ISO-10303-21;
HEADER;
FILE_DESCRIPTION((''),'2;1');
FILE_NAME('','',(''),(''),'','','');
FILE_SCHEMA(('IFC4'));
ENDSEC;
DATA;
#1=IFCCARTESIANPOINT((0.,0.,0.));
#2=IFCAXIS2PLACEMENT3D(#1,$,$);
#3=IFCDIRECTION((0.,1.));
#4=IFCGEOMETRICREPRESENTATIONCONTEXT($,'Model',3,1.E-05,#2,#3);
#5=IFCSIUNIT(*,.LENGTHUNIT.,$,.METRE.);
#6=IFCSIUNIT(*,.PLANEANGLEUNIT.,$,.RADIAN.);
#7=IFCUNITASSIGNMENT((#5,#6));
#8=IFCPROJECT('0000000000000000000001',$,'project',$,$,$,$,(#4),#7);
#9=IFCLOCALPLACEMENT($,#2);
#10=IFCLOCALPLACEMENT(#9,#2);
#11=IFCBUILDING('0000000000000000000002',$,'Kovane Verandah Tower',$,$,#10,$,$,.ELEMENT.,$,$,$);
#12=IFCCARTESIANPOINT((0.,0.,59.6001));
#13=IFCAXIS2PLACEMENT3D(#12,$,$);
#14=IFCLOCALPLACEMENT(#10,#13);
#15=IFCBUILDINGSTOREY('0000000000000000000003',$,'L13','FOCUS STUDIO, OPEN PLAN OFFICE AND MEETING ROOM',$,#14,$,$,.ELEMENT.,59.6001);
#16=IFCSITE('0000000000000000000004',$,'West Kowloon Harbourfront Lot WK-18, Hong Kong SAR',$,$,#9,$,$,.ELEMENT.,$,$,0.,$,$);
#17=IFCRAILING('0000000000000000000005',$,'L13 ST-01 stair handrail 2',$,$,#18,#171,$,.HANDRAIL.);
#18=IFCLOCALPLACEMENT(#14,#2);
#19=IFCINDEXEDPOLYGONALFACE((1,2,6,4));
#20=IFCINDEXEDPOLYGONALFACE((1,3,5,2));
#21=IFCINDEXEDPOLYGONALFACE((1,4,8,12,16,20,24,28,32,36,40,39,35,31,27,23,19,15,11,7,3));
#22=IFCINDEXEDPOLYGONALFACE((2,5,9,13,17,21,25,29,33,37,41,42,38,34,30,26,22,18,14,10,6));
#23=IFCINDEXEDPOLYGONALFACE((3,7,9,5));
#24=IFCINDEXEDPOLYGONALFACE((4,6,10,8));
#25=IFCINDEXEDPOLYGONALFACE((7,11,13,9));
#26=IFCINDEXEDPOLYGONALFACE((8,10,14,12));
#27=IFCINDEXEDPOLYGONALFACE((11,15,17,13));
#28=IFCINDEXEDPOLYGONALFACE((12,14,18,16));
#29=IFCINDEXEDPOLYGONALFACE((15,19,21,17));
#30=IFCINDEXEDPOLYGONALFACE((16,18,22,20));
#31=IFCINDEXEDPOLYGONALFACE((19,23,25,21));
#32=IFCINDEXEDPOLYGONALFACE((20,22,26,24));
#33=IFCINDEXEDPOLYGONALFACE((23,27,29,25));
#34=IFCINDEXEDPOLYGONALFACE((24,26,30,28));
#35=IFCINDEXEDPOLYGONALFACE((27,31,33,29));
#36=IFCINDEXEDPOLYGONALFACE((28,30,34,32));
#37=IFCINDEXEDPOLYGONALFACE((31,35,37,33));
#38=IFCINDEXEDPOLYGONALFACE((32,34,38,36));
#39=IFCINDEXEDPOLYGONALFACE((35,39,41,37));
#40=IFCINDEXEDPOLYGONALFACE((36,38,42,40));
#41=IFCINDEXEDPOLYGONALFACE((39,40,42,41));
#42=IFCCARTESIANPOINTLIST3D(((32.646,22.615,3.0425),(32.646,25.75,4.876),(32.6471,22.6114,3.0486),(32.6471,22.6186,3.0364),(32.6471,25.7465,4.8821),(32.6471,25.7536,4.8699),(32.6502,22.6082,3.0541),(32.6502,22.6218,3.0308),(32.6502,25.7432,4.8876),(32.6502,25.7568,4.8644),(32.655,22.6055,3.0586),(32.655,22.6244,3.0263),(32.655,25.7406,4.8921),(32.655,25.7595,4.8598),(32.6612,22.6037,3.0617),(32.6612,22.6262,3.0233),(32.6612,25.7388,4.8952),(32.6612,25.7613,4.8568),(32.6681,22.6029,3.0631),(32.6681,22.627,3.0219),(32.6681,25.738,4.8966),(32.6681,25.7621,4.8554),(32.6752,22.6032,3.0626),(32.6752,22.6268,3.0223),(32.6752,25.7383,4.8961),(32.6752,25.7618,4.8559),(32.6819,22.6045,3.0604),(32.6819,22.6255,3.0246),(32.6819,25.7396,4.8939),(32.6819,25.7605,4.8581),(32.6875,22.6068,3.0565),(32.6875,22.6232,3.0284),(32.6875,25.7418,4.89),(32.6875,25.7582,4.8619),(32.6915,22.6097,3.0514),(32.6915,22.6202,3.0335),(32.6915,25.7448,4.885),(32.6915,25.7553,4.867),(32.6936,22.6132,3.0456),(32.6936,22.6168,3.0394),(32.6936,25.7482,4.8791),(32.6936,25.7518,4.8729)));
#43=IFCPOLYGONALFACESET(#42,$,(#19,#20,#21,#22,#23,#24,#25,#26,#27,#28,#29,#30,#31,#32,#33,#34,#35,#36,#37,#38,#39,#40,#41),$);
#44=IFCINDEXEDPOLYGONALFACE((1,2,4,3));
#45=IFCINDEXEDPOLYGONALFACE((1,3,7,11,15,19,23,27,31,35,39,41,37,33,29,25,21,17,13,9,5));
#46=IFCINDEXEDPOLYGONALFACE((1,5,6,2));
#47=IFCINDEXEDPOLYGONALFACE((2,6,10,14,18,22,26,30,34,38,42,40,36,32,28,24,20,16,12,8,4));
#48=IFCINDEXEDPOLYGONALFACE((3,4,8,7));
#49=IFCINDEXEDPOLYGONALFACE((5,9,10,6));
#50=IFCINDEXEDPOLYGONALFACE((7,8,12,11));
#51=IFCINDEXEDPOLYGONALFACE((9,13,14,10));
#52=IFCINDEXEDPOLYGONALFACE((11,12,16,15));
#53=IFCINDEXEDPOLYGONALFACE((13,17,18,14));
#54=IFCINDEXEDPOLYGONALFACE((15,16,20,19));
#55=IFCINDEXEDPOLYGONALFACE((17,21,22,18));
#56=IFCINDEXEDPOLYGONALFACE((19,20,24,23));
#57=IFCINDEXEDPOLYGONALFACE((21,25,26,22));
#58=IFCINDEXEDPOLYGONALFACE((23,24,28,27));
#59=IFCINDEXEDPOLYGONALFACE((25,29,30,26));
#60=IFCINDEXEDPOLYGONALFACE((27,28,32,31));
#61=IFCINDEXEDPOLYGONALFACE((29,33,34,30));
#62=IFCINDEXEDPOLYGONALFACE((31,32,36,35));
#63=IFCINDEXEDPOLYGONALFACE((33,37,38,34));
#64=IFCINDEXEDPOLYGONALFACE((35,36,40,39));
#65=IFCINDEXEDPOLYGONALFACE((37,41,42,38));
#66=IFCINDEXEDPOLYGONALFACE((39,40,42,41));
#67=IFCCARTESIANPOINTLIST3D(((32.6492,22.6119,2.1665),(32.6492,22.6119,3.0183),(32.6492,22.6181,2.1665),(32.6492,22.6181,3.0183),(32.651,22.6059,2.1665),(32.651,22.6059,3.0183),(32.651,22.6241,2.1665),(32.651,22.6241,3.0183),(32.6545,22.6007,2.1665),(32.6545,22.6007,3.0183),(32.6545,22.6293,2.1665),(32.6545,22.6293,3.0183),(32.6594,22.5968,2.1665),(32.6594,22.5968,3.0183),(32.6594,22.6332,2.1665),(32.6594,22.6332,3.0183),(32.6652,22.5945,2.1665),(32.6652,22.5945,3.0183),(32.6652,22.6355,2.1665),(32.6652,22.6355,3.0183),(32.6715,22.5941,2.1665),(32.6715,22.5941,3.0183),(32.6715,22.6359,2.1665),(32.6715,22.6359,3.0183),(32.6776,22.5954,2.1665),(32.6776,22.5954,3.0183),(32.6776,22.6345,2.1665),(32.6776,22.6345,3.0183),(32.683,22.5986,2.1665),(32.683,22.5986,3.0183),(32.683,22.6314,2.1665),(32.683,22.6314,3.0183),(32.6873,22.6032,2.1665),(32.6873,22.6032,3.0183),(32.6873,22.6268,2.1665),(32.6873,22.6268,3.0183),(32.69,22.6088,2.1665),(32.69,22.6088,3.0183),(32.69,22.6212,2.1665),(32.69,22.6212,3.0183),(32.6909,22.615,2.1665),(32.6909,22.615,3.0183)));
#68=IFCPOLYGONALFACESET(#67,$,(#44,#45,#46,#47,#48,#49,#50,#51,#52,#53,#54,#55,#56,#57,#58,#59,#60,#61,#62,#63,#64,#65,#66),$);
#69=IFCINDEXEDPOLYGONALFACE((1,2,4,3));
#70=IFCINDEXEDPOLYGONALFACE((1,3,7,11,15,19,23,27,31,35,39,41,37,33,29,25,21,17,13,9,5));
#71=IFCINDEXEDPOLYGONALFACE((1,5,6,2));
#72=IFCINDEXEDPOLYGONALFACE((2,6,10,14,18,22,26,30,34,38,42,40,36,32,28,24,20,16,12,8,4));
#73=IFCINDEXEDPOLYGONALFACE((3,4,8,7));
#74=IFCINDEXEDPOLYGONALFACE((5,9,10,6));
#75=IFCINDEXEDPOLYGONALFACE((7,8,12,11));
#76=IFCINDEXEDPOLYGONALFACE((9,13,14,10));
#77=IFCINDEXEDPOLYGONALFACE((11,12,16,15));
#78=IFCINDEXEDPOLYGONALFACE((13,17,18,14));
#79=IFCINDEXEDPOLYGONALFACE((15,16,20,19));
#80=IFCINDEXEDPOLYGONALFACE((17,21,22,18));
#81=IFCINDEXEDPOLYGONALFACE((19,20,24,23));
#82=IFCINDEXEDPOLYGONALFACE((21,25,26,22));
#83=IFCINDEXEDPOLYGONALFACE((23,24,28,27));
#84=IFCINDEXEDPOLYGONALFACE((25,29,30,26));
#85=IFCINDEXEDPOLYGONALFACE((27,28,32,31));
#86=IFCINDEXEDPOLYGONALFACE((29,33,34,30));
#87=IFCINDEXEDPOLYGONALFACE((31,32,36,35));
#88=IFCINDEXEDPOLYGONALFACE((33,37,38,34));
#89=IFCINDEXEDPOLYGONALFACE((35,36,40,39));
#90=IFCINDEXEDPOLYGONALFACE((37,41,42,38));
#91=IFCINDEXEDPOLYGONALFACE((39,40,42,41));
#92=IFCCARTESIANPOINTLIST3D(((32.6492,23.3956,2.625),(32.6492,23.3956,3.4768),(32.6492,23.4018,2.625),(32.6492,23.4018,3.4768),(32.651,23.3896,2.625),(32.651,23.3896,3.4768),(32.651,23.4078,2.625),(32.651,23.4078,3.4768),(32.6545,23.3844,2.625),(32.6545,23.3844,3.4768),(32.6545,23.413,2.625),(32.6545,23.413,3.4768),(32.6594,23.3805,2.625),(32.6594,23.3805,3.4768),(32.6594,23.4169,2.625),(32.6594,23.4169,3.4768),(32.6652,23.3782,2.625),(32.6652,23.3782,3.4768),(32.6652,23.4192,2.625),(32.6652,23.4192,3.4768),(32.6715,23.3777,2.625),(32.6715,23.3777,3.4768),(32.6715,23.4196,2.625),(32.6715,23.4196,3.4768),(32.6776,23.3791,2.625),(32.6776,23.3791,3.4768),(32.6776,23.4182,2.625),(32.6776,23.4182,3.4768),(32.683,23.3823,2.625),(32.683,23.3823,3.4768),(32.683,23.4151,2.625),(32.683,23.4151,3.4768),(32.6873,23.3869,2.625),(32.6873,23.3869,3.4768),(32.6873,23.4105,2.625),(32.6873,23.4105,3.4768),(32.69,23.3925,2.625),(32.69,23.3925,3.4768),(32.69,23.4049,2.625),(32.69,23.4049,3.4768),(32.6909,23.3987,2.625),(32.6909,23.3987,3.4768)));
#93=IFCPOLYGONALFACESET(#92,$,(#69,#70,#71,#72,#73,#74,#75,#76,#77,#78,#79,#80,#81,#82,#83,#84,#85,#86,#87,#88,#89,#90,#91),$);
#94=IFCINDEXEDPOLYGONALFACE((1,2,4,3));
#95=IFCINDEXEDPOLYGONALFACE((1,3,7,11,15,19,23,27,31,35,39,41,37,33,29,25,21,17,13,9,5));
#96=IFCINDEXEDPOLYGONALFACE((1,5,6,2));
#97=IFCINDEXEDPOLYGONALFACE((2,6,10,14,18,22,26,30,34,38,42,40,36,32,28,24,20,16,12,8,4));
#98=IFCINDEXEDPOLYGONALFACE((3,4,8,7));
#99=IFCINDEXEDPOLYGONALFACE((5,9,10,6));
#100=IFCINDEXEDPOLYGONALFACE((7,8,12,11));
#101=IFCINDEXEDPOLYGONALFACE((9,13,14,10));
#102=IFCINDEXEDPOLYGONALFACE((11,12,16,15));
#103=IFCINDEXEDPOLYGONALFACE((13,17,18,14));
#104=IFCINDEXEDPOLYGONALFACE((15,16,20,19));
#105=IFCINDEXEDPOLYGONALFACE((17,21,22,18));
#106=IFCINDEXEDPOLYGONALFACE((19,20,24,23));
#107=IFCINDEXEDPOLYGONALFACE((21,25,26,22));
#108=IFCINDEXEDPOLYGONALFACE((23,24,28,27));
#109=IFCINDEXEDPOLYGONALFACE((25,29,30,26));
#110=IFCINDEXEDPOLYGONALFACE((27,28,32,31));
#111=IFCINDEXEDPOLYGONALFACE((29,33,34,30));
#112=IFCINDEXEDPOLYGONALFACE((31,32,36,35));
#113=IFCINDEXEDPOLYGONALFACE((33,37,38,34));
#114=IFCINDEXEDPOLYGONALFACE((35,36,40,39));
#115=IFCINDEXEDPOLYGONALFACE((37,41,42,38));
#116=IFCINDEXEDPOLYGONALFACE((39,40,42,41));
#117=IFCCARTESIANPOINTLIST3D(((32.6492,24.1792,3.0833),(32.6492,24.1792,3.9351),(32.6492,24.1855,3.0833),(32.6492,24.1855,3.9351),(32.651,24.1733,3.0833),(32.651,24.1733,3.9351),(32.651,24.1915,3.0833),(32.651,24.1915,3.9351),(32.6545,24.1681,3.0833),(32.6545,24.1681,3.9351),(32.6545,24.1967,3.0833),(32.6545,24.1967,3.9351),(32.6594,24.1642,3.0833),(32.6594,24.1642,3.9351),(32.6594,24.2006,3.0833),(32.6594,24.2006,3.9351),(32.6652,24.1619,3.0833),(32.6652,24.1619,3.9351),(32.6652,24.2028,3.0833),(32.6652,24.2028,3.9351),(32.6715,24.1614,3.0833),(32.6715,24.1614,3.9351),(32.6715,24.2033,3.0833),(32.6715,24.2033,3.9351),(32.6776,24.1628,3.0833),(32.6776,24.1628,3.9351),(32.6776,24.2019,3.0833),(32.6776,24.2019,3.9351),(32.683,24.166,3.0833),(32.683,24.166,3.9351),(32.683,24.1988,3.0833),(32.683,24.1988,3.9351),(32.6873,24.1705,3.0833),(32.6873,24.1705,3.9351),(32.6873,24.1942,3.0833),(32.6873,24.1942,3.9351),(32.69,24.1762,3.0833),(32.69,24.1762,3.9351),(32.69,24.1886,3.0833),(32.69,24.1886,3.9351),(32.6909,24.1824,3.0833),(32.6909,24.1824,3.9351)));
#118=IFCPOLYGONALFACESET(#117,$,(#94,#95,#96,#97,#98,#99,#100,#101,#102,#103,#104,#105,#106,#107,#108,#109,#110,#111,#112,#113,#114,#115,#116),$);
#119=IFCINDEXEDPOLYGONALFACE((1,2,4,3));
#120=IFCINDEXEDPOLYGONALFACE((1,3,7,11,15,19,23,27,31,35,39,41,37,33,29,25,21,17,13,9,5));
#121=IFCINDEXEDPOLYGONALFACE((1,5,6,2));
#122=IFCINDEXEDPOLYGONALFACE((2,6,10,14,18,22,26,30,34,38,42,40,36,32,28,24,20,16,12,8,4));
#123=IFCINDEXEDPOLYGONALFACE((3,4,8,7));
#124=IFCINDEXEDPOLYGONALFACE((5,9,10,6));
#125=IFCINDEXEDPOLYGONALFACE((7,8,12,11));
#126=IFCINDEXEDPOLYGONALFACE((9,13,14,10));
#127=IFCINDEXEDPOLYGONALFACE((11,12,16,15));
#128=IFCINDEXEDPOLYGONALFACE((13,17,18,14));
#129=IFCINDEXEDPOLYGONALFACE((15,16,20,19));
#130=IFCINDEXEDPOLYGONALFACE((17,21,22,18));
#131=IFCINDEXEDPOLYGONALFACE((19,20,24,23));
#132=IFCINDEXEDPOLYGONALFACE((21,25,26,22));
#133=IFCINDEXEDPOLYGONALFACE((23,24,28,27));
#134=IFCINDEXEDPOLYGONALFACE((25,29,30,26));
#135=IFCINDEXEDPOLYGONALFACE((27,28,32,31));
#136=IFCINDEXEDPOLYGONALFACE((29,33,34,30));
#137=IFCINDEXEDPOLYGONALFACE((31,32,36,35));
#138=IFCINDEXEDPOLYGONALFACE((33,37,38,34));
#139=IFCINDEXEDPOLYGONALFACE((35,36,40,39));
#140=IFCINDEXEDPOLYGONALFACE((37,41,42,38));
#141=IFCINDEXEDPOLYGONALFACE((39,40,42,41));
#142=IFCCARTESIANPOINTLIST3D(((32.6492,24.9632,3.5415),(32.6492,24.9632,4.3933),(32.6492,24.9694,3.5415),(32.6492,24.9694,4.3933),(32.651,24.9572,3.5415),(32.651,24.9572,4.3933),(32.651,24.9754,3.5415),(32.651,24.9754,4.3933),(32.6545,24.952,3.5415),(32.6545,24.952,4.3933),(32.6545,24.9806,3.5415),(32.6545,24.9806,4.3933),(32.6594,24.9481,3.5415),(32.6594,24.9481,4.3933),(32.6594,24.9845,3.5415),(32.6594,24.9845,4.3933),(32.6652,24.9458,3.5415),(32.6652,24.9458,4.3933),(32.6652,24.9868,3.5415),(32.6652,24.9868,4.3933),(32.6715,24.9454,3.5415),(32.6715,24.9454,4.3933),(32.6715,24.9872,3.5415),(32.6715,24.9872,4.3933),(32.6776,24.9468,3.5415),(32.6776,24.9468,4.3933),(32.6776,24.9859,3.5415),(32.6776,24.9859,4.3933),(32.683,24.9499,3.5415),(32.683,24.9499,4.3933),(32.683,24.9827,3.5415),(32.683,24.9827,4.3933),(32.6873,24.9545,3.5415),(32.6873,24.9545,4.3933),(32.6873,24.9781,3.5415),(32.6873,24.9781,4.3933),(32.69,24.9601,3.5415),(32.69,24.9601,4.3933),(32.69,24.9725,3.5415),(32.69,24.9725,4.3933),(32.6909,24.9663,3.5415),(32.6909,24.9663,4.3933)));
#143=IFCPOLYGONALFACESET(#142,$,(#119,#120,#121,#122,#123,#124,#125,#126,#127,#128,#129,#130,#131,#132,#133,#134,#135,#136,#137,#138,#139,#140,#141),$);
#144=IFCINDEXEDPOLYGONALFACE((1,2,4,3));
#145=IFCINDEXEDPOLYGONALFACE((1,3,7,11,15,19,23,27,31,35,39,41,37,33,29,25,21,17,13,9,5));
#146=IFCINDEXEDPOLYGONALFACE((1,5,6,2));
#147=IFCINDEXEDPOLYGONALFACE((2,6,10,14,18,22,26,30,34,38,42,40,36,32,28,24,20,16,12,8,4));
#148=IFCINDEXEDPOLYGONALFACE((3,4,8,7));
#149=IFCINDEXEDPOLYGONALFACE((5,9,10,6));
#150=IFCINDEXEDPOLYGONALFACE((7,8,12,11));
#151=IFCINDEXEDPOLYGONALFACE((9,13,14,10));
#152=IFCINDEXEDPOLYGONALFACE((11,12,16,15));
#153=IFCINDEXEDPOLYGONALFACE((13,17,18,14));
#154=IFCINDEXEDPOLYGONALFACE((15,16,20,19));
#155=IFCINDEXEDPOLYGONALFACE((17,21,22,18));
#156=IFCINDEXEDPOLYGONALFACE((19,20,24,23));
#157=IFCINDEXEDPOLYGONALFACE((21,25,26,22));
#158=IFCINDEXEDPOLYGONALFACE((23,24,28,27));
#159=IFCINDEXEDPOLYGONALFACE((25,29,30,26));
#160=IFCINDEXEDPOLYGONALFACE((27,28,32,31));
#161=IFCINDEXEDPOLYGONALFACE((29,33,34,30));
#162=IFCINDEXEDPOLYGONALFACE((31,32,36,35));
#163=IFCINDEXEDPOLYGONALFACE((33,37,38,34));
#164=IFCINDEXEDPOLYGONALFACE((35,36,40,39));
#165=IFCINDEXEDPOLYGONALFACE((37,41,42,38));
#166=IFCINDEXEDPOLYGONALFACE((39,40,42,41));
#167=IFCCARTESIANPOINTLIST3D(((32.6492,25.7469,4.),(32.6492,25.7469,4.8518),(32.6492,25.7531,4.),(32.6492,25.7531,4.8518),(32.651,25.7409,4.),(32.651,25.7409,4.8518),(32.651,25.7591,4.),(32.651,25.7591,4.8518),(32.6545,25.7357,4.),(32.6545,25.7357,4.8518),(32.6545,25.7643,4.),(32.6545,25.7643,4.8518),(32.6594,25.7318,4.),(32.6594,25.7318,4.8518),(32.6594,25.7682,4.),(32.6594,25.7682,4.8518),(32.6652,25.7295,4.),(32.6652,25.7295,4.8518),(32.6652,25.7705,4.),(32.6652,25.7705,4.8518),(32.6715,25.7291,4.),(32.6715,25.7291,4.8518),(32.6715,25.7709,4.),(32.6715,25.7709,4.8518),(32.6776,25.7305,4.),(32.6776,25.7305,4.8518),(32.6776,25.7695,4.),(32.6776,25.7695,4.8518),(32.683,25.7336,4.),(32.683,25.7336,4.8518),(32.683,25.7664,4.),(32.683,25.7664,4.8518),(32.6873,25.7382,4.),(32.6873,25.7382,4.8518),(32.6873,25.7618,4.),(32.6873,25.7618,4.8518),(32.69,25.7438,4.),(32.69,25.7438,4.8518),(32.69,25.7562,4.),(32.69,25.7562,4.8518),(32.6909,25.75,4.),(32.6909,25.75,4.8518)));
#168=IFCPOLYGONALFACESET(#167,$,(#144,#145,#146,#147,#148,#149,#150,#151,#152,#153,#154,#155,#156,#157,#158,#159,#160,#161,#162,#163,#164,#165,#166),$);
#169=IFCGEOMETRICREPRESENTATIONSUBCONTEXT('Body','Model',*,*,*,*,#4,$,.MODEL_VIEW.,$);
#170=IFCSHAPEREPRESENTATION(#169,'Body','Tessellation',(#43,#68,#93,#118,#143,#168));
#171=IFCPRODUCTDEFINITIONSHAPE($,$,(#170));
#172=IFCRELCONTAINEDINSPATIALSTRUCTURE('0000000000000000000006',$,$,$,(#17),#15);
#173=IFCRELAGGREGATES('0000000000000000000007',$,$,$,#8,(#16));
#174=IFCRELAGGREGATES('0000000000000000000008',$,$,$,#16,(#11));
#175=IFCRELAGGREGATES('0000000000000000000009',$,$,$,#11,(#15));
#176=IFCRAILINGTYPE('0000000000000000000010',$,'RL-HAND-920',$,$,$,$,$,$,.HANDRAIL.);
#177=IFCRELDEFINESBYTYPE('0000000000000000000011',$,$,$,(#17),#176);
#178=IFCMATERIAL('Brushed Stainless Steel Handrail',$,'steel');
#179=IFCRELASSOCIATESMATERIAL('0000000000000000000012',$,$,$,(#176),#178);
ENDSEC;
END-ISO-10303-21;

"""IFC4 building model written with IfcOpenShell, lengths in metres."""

from ifc_helpers import new_model, si_unit, direction, frame, origin, origin_2d, place, context, subcontext, project, spatial, circle, extrude, material, type_object, element, save


model = new_model("IFC4")

# Units and contexts
model_context = context("Model", 3, precision=1e-05, world=origin(), true_north=direction((0.0, 1.0)))
body_context = subcontext(model_context, "Body", "Model", "MODEL_VIEW")
ifc_project = project(units=[si_unit("LENGTHUNIT", "METRE"), si_unit("PLANEANGLEUNIT", "RADIAN")], contexts=[model_context])

# Site, building, storey
site_placement = place(None, origin())
site = spatial("IfcSite", under=ifc_project, at=site_placement, Name="West Kowloon Harbourfront Lot WK-18, Hong Kong SAR", CompositionType="ELEMENT", RefElevation=0.0)
building_placement = place(site_placement, origin())
building = spatial("IfcBuilding", under=site, at=building_placement, Name="Kovane Verandah Tower", CompositionType="ELEMENT")
storey_placement = place(building_placement, frame((0.0, 0.0, 59.6001)))
storey = spatial("IfcBuildingStorey", under=building, at=storey_placement, Name="L13", Description="FOCUS STUDIO, OPEN PLAN OFFICE AND MEETING ROOM", CompositionType="ELEMENT", Elevation=59.6001)

# Railing
ifc_material_1 = material(Name="Brushed Stainless Steel Handrail", Category="steel")
railing_type_1 = type_object("IfcRailingType", Name="RL-HAND-920", PredefinedType="HANDRAIL", material=ifc_material_1)
railing_1_placement = place(storey_placement, frame((32.6699, 22.615, 2.1665)))
element("IfcRailing", 1, at=railing_1_placement, inside=storey, type_object=railing_type_1, Name="L13 ST-01 stair handrail 2", PredefinedType="HANDRAIL", context=body_context, shape_type="SweptSolid", body=[
    extrude(circle(Radius=0.0239, at=origin_2d()), frame((0.0, 0.0, 0.876), z_axis=(0.0, 0.86321, 0.504845), x_axis=(-1.0, 0.0, 0.0)), (0.0, 0.0, 1.0), 3.6318),
    extrude(circle(Radius=0.021, at=origin_2d()), origin(), (0.0, 0.0, 1.0), 0.8518),
    extrude(circle(Radius=0.021, at=origin_2d()), frame((0.0, 0.7837, 0.4585)), (0.0, 0.0, 1.0), 0.8518),
    extrude(circle(Radius=0.021, at=origin_2d()), frame((0.0, 1.5674, 0.9167)), (0.0, 0.0, 1.0), 0.8518),
    extrude(circle(Radius=0.021, at=origin_2d()), frame((0.0, 2.3513, 1.375)), (0.0, 0.0, 1.0), 0.8518),
    extrude(circle(Radius=0.021, at=origin_2d()), frame((0.0, 3.135, 1.8335)), (0.0, 0.0, 1.0), 0.8518),
])

save(model, "model.ifc")
